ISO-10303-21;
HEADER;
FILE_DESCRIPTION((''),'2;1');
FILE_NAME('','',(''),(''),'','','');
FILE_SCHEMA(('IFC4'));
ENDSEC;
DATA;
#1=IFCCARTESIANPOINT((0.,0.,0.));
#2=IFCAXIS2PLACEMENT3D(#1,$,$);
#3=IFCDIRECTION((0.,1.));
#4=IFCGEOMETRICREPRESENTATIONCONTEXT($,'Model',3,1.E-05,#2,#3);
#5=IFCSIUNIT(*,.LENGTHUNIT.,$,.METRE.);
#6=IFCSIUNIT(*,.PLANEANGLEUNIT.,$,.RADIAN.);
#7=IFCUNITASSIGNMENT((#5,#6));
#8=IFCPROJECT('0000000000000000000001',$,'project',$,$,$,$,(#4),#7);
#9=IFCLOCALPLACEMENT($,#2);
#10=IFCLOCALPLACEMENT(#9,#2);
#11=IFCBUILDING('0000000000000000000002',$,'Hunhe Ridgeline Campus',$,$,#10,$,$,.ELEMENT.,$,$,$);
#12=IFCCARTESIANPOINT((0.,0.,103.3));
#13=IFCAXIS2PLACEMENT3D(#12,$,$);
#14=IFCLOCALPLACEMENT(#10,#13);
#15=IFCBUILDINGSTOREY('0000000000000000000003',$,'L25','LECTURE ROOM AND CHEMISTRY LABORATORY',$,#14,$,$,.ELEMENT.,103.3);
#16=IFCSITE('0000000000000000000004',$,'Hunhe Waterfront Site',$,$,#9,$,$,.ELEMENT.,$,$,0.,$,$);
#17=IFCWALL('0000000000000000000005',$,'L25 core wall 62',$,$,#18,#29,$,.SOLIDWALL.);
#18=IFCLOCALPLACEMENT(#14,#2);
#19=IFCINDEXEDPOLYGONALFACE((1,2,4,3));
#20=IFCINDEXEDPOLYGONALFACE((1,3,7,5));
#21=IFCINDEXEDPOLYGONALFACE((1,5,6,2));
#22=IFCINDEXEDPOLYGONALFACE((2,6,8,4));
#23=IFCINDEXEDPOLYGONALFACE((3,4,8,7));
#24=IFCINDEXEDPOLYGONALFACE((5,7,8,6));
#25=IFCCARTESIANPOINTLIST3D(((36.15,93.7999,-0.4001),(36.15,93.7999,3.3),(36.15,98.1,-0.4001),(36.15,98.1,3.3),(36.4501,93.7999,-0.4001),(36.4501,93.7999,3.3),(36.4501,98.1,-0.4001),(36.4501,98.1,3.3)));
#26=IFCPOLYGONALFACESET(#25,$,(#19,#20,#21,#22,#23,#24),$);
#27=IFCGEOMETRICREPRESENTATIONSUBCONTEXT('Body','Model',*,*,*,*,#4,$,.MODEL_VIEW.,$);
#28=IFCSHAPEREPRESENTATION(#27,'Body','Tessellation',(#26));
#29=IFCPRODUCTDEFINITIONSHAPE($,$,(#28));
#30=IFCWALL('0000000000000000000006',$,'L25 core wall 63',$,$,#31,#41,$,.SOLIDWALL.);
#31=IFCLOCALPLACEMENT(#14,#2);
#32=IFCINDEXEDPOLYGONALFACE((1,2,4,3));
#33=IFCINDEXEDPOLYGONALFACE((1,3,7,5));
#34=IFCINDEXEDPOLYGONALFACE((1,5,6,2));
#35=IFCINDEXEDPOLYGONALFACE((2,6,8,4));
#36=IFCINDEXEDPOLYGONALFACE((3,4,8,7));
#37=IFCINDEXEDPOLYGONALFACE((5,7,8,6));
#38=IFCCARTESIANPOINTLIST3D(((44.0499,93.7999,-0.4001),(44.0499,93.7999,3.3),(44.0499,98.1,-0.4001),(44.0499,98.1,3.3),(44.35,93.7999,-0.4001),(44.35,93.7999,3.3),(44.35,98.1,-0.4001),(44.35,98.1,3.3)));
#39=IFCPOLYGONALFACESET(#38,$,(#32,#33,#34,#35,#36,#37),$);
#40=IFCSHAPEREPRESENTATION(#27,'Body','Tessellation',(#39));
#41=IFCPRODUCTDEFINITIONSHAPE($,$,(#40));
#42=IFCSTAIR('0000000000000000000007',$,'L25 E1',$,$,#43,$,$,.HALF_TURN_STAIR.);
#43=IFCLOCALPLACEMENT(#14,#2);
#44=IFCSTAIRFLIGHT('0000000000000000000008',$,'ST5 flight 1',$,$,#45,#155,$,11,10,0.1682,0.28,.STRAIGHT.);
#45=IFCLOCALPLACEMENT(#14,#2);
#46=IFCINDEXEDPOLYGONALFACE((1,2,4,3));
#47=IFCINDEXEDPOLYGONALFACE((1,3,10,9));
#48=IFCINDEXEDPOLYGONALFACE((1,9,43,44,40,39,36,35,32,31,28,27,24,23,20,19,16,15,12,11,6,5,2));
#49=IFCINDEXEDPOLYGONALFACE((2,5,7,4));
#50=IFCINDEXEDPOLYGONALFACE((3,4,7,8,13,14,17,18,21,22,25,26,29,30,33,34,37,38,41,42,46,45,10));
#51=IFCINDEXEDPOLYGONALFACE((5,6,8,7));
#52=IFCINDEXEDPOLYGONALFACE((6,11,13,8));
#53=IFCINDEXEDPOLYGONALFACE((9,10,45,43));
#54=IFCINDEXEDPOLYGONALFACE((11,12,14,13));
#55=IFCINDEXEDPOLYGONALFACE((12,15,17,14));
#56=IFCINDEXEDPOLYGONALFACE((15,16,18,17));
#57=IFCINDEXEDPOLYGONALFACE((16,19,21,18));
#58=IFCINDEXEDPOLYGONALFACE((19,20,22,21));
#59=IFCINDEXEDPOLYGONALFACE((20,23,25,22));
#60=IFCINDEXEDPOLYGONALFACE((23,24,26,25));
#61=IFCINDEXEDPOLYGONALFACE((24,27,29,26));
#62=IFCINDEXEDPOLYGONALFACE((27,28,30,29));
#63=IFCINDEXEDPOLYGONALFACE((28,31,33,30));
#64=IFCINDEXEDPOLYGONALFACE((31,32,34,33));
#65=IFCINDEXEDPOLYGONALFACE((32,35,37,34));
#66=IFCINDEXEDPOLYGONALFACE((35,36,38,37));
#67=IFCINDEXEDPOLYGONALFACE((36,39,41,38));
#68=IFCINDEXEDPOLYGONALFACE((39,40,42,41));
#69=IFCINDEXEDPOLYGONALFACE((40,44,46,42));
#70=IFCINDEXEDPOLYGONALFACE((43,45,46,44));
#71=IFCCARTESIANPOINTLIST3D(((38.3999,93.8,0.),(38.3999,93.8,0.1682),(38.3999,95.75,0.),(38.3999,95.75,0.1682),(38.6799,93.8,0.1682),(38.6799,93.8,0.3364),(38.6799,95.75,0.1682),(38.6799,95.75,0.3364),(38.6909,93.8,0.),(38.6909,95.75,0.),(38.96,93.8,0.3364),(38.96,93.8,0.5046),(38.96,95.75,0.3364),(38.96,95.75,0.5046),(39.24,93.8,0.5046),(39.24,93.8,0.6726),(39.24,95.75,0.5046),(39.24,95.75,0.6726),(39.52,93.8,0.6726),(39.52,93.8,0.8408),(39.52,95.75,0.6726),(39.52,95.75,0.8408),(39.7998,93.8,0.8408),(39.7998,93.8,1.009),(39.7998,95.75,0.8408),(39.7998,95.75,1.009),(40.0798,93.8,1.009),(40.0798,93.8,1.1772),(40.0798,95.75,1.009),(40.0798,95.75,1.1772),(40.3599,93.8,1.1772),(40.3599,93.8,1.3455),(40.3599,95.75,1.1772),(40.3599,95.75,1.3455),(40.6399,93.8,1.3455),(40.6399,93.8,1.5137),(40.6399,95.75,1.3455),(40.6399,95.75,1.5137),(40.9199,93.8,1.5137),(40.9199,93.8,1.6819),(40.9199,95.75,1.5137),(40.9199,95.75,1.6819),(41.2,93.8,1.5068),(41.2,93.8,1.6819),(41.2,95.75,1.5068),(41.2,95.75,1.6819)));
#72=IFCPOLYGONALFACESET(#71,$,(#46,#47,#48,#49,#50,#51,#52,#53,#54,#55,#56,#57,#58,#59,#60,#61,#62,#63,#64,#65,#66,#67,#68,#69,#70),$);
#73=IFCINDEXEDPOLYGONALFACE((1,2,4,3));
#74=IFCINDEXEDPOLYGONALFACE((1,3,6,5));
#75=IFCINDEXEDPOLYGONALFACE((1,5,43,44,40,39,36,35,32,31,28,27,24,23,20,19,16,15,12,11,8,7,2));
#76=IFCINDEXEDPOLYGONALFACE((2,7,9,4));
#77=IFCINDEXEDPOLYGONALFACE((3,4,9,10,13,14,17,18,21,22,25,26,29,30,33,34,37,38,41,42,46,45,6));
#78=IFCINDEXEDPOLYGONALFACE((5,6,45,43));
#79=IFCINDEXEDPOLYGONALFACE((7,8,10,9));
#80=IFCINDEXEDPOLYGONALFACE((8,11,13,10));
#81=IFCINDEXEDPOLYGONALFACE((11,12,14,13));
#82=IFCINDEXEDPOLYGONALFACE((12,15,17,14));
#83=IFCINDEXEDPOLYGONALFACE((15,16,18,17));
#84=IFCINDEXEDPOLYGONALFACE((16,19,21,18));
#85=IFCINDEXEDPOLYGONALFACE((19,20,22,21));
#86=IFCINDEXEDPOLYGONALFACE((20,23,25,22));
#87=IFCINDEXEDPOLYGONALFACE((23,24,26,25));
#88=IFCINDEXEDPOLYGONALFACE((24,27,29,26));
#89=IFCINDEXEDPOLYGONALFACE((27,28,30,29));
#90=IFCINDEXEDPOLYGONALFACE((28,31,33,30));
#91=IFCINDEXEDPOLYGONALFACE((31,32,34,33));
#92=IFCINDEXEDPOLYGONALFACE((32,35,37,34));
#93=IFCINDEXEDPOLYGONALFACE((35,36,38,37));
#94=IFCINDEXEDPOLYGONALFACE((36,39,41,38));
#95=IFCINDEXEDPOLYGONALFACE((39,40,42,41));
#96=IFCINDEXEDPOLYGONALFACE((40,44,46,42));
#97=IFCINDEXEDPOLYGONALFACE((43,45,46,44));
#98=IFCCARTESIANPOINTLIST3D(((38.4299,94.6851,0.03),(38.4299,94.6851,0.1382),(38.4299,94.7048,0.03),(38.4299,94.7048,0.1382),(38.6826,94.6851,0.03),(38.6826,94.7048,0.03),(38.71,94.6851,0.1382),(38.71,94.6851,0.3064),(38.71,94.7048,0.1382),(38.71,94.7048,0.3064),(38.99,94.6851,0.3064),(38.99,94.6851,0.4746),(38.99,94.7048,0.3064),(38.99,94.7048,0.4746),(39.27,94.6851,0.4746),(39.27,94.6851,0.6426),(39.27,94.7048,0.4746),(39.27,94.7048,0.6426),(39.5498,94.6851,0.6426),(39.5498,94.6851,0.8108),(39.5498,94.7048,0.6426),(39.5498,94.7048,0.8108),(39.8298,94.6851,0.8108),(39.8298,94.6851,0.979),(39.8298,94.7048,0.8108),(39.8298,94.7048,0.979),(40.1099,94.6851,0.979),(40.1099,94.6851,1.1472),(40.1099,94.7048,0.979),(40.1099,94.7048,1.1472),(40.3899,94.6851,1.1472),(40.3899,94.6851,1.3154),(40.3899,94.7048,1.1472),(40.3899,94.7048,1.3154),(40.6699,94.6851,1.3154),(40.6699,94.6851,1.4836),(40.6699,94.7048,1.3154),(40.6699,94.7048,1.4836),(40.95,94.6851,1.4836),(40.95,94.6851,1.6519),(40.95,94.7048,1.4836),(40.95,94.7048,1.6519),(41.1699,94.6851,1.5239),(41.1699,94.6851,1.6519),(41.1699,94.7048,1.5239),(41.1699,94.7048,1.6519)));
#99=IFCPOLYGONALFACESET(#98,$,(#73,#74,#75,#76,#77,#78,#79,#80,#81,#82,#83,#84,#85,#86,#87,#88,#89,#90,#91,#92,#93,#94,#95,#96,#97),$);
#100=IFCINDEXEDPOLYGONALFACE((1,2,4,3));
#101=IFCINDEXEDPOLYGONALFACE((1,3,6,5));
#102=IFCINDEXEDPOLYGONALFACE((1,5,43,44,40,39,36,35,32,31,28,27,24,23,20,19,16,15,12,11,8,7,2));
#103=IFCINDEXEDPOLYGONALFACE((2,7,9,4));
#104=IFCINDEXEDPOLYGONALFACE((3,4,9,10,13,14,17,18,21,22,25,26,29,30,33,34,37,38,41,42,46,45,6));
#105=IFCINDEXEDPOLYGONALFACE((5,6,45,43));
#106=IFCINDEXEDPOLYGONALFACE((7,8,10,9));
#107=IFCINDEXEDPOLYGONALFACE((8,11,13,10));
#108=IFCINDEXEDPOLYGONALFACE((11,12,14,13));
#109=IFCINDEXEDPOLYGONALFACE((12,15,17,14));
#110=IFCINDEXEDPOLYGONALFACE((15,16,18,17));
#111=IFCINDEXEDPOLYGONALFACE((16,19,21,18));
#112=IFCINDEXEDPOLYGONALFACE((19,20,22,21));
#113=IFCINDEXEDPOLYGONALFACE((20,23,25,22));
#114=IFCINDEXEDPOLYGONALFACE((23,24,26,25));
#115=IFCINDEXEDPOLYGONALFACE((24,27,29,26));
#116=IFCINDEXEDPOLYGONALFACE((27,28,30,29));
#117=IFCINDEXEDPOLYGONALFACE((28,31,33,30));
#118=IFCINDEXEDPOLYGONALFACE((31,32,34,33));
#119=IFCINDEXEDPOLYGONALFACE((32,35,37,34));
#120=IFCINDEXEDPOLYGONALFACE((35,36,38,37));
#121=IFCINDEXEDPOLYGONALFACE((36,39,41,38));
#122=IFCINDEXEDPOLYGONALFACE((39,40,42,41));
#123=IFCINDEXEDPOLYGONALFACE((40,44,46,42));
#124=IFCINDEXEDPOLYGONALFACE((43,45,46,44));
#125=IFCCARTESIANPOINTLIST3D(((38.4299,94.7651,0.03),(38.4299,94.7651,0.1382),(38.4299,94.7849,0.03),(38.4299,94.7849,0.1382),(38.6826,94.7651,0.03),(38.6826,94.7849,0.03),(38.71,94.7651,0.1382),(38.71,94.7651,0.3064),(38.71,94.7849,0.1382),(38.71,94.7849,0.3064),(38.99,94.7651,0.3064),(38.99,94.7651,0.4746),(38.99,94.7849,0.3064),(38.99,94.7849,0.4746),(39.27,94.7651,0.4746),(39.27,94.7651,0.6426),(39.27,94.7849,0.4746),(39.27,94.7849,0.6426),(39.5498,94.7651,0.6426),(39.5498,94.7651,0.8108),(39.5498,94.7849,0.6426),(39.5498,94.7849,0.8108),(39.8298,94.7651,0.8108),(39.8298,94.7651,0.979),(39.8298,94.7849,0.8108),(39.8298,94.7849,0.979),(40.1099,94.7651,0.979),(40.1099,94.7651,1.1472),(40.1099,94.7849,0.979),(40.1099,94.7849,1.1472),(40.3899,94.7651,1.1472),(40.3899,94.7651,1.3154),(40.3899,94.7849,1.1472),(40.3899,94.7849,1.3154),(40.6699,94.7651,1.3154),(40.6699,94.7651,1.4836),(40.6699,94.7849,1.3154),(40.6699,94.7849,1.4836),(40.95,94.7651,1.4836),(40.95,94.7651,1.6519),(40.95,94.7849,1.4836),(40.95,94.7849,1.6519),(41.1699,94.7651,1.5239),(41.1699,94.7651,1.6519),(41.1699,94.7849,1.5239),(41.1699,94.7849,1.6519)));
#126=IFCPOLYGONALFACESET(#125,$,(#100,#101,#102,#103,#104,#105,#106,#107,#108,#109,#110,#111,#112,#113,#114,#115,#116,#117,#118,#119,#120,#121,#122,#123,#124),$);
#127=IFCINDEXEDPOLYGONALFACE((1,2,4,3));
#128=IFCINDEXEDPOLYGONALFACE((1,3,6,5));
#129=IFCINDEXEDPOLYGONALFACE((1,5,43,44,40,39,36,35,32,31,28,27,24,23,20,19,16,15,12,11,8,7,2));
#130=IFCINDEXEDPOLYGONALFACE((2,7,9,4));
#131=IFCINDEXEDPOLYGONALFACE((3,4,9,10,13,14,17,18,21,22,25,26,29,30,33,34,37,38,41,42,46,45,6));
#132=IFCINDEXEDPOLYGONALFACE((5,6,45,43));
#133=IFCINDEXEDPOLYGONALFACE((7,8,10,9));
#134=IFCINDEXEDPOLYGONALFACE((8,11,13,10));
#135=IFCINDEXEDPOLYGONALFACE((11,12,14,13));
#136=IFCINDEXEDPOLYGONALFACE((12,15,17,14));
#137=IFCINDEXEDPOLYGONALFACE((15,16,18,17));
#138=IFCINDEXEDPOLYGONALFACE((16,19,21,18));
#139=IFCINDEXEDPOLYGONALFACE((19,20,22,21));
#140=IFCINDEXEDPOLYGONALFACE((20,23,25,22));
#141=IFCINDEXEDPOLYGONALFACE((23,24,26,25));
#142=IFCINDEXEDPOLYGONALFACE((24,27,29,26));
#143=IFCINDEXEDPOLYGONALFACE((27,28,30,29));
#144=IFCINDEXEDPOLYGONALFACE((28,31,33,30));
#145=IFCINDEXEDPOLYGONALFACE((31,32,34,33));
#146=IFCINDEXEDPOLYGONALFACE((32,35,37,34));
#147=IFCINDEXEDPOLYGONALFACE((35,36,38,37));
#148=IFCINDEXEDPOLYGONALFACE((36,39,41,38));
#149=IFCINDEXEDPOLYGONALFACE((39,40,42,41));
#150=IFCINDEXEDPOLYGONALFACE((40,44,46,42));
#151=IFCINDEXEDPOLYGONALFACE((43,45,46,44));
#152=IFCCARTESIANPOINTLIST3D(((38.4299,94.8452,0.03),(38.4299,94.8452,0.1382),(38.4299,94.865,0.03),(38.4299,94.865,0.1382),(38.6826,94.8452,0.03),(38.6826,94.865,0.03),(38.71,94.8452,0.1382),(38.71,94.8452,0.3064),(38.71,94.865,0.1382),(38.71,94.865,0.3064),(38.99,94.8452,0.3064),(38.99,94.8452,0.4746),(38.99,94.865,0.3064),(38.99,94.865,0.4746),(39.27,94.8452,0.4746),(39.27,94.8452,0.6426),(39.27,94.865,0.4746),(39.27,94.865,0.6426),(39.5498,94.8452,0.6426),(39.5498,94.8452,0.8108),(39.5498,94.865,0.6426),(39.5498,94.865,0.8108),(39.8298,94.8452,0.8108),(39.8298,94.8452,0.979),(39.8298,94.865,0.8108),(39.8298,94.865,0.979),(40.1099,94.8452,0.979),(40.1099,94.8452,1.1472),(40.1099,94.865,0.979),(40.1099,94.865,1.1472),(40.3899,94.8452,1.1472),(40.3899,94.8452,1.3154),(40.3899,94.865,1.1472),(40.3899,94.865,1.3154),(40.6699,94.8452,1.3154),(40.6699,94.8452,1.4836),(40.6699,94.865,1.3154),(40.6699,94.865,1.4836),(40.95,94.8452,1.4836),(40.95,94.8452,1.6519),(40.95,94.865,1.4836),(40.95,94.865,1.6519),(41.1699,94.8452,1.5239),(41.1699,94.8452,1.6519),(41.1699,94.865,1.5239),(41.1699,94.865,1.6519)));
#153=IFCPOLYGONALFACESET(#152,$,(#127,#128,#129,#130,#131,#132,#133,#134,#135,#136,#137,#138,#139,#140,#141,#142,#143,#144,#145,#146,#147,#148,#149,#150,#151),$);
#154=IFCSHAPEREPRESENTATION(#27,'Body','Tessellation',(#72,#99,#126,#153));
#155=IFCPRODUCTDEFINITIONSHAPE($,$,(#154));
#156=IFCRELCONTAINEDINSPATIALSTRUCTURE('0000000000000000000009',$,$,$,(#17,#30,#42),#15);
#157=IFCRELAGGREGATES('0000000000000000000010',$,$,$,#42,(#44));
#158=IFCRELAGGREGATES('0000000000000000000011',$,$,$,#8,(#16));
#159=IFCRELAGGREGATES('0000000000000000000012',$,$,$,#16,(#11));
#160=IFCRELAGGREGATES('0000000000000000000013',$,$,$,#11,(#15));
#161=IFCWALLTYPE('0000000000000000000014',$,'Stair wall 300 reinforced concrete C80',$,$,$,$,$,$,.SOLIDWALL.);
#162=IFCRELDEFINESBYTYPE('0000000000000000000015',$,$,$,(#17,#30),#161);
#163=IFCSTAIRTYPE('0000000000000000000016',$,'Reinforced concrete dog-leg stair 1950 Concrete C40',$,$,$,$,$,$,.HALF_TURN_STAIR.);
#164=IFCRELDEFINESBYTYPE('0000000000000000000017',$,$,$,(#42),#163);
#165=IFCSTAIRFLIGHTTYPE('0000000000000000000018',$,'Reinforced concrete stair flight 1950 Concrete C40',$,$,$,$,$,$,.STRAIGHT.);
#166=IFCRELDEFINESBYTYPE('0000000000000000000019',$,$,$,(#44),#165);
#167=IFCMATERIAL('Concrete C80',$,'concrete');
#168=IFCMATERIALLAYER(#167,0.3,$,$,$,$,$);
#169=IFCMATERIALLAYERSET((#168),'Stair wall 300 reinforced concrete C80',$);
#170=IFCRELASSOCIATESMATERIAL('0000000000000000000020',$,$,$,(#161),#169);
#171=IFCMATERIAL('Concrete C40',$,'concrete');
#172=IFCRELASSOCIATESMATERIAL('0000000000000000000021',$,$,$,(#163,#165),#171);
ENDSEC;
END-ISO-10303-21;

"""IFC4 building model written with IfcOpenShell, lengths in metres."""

from ifc_helpers import new_model, si_unit, direction, frame, frame_2d, origin, place, context, subcontext, project, spatial, polyline, rectangle, outline, extrude, material, layer, layer_set, type_object, element, aggregate, save


model = new_model("IFC4")

# Units and contexts
model_context = context("Model", 3, precision=1e-05, world=origin(), true_north=direction((0.0, 1.0)))
body_context = subcontext(model_context, "Body", "Model", "MODEL_VIEW")
ifc_project = project(units=[si_unit("LENGTHUNIT", "METRE"), si_unit("PLANEANGLEUNIT", "RADIAN")], contexts=[model_context])

# Site, building, storey
site_placement = place(None, origin())
site = spatial("IfcSite", under=ifc_project, at=site_placement, Name="Hunhe Waterfront Site", CompositionType="ELEMENT", RefElevation=0.0)
building_placement = place(site_placement, origin())
building = spatial("IfcBuilding", under=site, at=building_placement, Name="Hunhe Ridgeline Campus", CompositionType="ELEMENT")
storey_placement = place(building_placement, frame((0.0, 0.0, 103.3)))
storey = spatial("IfcBuildingStorey", under=building, at=storey_placement, Name="L25", Description="LECTURE ROOM AND CHEMISTRY LABORATORY", CompositionType="ELEMENT", Elevation=103.3)

# Shared definitions
ifc_material_1 = material(Name="Concrete C80", Category="concrete")

# Shared definitions
ifc_layer_1 = layer(ifc_material_1, 0.3)
ifc_layer_set_1 = layer_set([ifc_layer_1], Name="Stair wall 300 reinforced concrete C80")
wall_type_1 = type_object("IfcWallType", Name="Stair wall 300 reinforced concrete C80", PredefinedType="SOLIDWALL", material=ifc_layer_set_1)

# Walls
for number, where, z_axis, x_axis, name in (
    (1, (36.3, 93.8, -0.4001), (0.0, 0.0, 1.0), (0.0, 1.0, 0.0), "L25 core wall 62"),
    (2, (44.2, 93.8, -0.4001), (0.0, 0.0, 1.0), (0.0, 1.0, 0.0), "L25 core wall 63"),
):
    element("IfcWall", number, at=place(storey_placement, frame(where, z_axis=z_axis, x_axis=x_axis)), inside=storey, type_object=wall_type_1, Name=name, PredefinedType="SOLIDWALL", context=body_context, shape_type="SweptSolid", body=[
        extrude(rectangle(XDim=4.3, YDim=0.3, at=frame_2d((2.1499, 0.0))), origin(), (0.0, 0.0, 1.0), 3.7002),
    ])

# Stair, stair flight
ifc_material_2 = material(Name="Concrete C40", Category="concrete")
stair_type = type_object("IfcStairType", Name="Reinforced concrete dog-leg stair 1950 Concrete C40", PredefinedType="HALF_TURN_STAIR", material=ifc_material_2)
stair_placement = place(storey_placement, origin())
stair = element("IfcStair", 3, at=stair_placement, inside=storey, type_object=stair_type, Name="L25 E1", PredefinedType="HALF_TURN_STAIR")
stair_flight_type = type_object("IfcStairFlightType", Name="Reinforced concrete stair flight 1950 Concrete C40", PredefinedType="STRAIGHT", material=ifc_material_2)
stair_flight_1_placement = place(storey_placement, frame((38.3999, 94.7749, 0.0), z_axis=(0.0, 0.0, 1.0), x_axis=(1.0, 0.0, 0.0)))
stair_flight_1 = element("IfcStairFlight", 4, at=stair_flight_1_placement, type_object=stair_flight_type, Name="ST5 flight 1", NumberOfRisers=11, NumberOfTreads=10, PredefinedType="STRAIGHT", RiserHeight=0.1682, TreadLength=0.28, context=body_context, shape_type="SweptSolid", body=[
    extrude(outline(polyline([(0.0, 0.0), (0.0, 0.1682), (0.28, 0.1682), (0.28, 0.3364), (0.5601, 0.3364), (0.5601, 0.5046), (0.8401, 0.5046), (0.8401, 0.6726), (1.1201, 0.6726), (1.1201, 0.8408), (1.3999, 0.8408), (1.3999, 1.009), (1.6799, 1.009), (1.6799, 1.1772), (1.96, 1.1772), (1.96, 1.3455), (2.24, 1.3455), (2.24, 1.5137), (2.52, 1.5137), (2.52, 1.6819), (2.8, 1.6819), (2.8, 1.8501), (2.8, 1.5068), (0.291, 0.0), (0.0, 0.0)])), frame((0.0, 0.9751, 0.0), z_axis=(0.0, -1.0, 0.0), x_axis=(1.0, 0.0, 0.0)), (0.0, 0.0, 1.0), 1.95),
    extrude(outline(polyline([(0.03, 0.03), (0.03, 0.1382), (0.3101, 0.1382), (0.3101, 0.3064), (0.5901, 0.3064), (0.5901, 0.4746), (0.8701, 0.4746), (0.8701, 0.6426), (1.1499, 0.6426), (1.1499, 0.8108), (1.4299, 0.8108), (1.4299, 0.979), (1.71, 0.979), (1.71, 1.1472), (1.99, 1.1472), (1.99, 1.3154), (2.27, 1.3154), (2.27, 1.4836), (2.55, 1.4836), (2.55, 1.6519), (2.77, 1.6519), (2.77, 1.5239), (0.2827, 0.03), (0.03, 0.03)])), frame((0.0, -0.0701, 0.0), z_axis=(0.0, -1.0, 0.0), x_axis=(1.0, 0.0, 0.0)), (0.0, 0.0, 1.0), 0.0198),
    extrude(outline(polyline([(0.03, 0.03), (0.03, 0.1382), (0.3101, 0.1382), (0.3101, 0.3064), (0.5901, 0.3064), (0.5901, 0.4746), (0.8701, 0.4746), (0.8701, 0.6426), (1.1499, 0.6426), (1.1499, 0.8108), (1.4299, 0.8108), (1.4299, 0.979), (1.71, 0.979), (1.71, 1.1472), (1.99, 1.1472), (1.99, 1.3154), (2.27, 1.3154), (2.27, 1.4836), (2.55, 1.4836), (2.55, 1.6519), (2.77, 1.6519), (2.77, 1.5239), (0.2827, 0.03), (0.03, 0.03)])), frame((0.0, 0.01, 0.0), z_axis=(0.0, -1.0, 0.0), x_axis=(1.0, 0.0, 0.0)), (0.0, 0.0, 1.0), 0.0198),
    extrude(outline(polyline([(0.03, 0.03), (0.03, 0.1382), (0.3101, 0.1382), (0.3101, 0.3064), (0.5901, 0.3064), (0.5901, 0.4746), (0.8701, 0.4746), (0.8701, 0.6426), (1.1499, 0.6426), (1.1499, 0.8108), (1.4299, 0.8108), (1.4299, 0.979), (1.71, 0.979), (1.71, 1.1472), (1.99, 1.1472), (1.99, 1.3154), (2.27, 1.3154), (2.27, 1.4836), (2.55, 1.4836), (2.55, 1.6519), (2.77, 1.6519), (2.77, 1.5239), (0.2827, 0.03), (0.03, 0.03)])), frame((0.0, 0.0901, 0.0), z_axis=(0.0, -1.0, 0.0), x_axis=(1.0, 0.0, 0.0)), (0.0, 0.0, 1.0), 0.0198),
])
aggregate(stair, [stair_flight_1])

save(model, "model.ifc")
